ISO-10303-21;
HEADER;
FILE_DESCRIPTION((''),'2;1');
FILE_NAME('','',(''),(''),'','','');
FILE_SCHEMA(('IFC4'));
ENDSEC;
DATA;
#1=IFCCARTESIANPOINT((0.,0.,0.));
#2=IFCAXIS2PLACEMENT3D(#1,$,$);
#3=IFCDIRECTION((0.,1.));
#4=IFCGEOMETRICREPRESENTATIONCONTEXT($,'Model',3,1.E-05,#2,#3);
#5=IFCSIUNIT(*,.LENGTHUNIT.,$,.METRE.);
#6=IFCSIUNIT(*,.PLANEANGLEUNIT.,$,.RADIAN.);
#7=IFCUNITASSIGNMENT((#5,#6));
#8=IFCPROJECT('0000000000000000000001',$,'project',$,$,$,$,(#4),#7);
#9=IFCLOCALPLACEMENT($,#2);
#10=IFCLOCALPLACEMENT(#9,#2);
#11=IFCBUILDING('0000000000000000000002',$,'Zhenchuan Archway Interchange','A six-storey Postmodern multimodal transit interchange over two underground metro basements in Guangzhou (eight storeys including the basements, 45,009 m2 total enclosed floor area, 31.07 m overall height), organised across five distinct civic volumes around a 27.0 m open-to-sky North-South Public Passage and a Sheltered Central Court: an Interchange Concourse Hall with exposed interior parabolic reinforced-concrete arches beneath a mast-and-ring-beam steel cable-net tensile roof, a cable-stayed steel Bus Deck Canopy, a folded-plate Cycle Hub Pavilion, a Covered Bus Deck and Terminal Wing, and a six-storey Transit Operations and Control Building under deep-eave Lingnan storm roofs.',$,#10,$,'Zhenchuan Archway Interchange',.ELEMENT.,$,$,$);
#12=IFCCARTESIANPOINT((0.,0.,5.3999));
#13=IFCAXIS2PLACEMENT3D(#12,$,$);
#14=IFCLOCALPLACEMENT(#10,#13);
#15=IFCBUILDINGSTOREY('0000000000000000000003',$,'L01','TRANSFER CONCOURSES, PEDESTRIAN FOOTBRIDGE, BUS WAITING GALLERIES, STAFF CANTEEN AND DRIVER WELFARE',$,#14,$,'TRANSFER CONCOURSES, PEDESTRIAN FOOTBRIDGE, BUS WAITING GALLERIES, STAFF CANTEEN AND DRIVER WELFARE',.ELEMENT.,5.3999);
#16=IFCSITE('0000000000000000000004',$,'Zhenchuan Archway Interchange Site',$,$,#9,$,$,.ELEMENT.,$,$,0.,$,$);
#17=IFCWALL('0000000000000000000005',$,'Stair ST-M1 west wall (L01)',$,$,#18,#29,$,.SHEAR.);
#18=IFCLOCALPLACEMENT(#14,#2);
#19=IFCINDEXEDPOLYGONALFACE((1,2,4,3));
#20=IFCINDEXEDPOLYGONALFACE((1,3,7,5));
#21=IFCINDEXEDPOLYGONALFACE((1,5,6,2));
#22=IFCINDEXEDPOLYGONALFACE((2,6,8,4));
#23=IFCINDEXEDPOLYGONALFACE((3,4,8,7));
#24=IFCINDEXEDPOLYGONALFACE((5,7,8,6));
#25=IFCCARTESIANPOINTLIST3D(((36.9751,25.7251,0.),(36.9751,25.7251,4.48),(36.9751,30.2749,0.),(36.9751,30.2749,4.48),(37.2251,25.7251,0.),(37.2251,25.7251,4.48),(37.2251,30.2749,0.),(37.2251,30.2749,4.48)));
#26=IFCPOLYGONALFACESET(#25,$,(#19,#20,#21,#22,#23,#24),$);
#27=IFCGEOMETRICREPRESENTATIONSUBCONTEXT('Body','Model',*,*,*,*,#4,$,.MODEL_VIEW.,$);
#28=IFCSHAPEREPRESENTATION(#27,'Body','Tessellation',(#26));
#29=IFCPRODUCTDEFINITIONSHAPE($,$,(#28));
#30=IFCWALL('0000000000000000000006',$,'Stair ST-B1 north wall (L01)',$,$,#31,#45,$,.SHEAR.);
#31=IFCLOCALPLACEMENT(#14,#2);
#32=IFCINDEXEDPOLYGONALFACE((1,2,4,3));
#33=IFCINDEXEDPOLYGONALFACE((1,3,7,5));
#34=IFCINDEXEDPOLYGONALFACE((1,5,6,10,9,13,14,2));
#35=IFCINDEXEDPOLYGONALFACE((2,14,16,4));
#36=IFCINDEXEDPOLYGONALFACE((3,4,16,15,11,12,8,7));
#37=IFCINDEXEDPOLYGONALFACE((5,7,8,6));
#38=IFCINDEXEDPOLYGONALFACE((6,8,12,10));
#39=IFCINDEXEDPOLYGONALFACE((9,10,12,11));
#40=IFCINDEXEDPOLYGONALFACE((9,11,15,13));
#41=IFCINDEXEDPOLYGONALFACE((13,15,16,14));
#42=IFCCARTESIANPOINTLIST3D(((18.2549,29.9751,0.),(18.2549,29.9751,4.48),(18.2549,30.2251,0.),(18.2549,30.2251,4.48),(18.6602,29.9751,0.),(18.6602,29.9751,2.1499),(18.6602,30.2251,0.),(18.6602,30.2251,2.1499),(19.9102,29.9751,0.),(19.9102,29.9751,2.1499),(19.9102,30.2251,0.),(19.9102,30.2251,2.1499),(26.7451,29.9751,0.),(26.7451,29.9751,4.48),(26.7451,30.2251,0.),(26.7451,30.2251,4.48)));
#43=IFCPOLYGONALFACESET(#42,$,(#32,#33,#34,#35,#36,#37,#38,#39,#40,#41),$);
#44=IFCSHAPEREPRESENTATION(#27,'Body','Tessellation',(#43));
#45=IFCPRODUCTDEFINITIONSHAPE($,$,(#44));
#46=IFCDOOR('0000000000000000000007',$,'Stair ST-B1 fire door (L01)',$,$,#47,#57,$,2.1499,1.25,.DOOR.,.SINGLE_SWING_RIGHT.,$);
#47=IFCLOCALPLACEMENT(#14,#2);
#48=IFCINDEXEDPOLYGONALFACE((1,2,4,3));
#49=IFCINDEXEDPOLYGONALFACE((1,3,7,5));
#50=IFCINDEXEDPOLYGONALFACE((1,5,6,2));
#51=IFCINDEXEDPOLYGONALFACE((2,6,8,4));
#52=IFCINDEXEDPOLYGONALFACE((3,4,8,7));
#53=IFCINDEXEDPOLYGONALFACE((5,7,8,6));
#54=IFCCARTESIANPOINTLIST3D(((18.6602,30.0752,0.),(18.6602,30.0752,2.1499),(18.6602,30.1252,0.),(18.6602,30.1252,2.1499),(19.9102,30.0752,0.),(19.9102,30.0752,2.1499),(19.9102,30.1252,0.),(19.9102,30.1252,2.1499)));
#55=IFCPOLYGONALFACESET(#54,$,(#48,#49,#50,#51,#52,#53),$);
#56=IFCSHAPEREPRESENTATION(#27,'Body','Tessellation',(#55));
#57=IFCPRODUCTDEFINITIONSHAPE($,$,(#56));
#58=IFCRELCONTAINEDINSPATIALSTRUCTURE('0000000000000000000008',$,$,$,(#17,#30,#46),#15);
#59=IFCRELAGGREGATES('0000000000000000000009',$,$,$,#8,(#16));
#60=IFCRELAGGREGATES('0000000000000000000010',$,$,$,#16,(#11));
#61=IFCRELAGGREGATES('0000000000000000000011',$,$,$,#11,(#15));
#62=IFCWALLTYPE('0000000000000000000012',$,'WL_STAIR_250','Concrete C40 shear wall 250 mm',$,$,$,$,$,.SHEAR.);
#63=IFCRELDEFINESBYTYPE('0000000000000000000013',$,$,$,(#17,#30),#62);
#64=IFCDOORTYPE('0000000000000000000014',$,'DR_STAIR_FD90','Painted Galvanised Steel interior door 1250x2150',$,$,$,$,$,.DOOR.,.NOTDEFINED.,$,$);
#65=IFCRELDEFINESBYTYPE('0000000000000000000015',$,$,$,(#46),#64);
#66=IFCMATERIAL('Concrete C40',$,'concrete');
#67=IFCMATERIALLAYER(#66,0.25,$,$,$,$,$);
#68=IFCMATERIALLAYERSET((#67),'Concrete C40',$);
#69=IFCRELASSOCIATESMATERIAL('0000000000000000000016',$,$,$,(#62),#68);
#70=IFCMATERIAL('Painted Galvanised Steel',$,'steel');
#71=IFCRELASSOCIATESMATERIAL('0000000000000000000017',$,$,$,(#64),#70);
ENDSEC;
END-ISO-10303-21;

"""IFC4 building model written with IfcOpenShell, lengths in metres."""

from ifc_helpers import new_model, si_unit, direction, frame, frame_2d, origin, place, context, subcontext, project, spatial, rectangle, extrude, material, layer, layer_set, type_object, element, fill, save


model = new_model("IFC4")

# Units and contexts
model_context = context("Model", 3, precision=1e-05, world=origin(), true_north=direction((0.0, 1.0)))
body_context = subcontext(model_context, "Body", "Model", "MODEL_VIEW")
ifc_project = project(units=[si_unit("LENGTHUNIT", "METRE"), si_unit("PLANEANGLEUNIT", "RADIAN")], contexts=[model_context])

# Site, building, storey
site_placement = place(None, origin())
site = spatial("IfcSite", under=ifc_project, at=site_placement, Name="Zhenchuan Archway Interchange Site", CompositionType="ELEMENT", RefElevation=0.0)
building_placement = place(site_placement, origin())
building = spatial("IfcBuilding", under=site, at=building_placement, Name="Zhenchuan Archway Interchange", Description="A six-storey Postmodern multimodal transit interchange over two underground metro basements in Guangzhou (eight storeys including the basements, 45,009 m2 total enclosed floor area, 31.07 m overall height), organised across five distinct civic volumes around a 27.0 m open-to-sky North-South Public Passage and a Sheltered Central Court: an Interchange Concourse Hall with exposed interior parabolic reinforced-concrete arches beneath a mast-and-ring-beam steel cable-net tensile roof, a cable-stayed steel Bus Deck Canopy, a folded-plate Cycle Hub Pavilion, a Covered Bus Deck and Terminal Wing, and a six-storey Transit Operations and Control Building under deep-eave Lingnan storm roofs.", LongName="Zhenchuan Archway Interchange", CompositionType="ELEMENT")
storey_placement = place(building_placement, frame((0.0, 0.0, 5.3999)))
storey = spatial("IfcBuildingStorey", under=building, at=storey_placement, Name="L01", Description="TRANSFER CONCOURSES, PEDESTRIAN FOOTBRIDGE, BUS WAITING GALLERIES, STAFF CANTEEN AND DRIVER WELFARE", LongName="TRANSFER CONCOURSES, PEDESTRIAN FOOTBRIDGE, BUS WAITING GALLERIES, STAFF CANTEEN AND DRIVER WELFARE", CompositionType="ELEMENT", Elevation=5.3999)

# Shared definitions
ifc_material_1 = material(Name="Concrete C40", Category="concrete")

# Wall
ifc_layer_1 = layer(ifc_material_1, 0.25)
ifc_layer_set_1 = layer_set([ifc_layer_1], Name="Concrete C40")
wall_type = type_object("IfcWallType", Name="WL_STAIR_250", Description="Concrete C40 shear wall 250 mm", PredefinedType="SHEAR", material=ifc_layer_set_1)
wall_1_placement = place(storey_placement, frame((37.1001, 30.2749, 0.0), z_axis=(0.0, 0.0, 1.0), x_axis=(0.0, -1.0, 0.0)))
element("IfcWall", 1, at=wall_1_placement, inside=storey, type_object=wall_type, Name="Stair ST-M1 west wall (L01)", PredefinedType="SHEAR", context=body_context, shape_type="SweptSolid", body=[
    extrude(rectangle(XDim=4.5498, YDim=0.25, at=frame_2d((2.2749, 0.0))), origin(), (0.0, 0.0, 1.0), 4.48),
])

# Wall, opening, door
wall_2_placement = place(storey_placement, frame((26.7451, 30.1001, 0.0), z_axis=(0.0, 0.0, 1.0), x_axis=(-1.0, 0.0, 0.0)))
wall_2 = element("IfcWall", 2, at=wall_2_placement, inside=storey, type_object=wall_type, Name="Stair ST-B1 north wall (L01)", PredefinedType="SHEAR", context=body_context, shape_type="SweptSolid", body=[
    extrude(rectangle(XDim=8.4902, YDim=0.25, at=frame_2d((4.2451, 0.0))), origin(), (0.0, 0.0, 1.0), 4.48),
])
opening_placement = place(wall_2_placement, frame((6.835, 0.0, 0.0)))
opening = element("IfcOpeningElement", 3, at=opening_placement, cuts=wall_2, PredefinedType="OPENING", context=body_context, shape_type="SweptSolid", body=[
    extrude(rectangle(XDim=1.25, YDim=2.1499, at=frame_2d((0.625, 1.075))), frame((0.0, 0.137, 0.0), z_axis=(0.0, -1.0, 0.0), x_axis=(1.0, 0.0, 0.0)), (0.0, 0.0, 1.0), 0.2739),
])
ifc_material_2 = material(Name="Painted Galvanised Steel", Category="steel")
door_type = type_object("IfcDoorType", Name="DR_STAIR_FD90", Description="Painted Galvanised Steel interior door 1250x2150", OperationType="NOTDEFINED", PredefinedType="DOOR", material=ifc_material_2)
door_placement = place(opening_placement, origin())
door = element("IfcDoor", 4, at=door_placement, inside=storey, type_object=door_type, Name="Stair ST-B1 fire door (L01)", OperationType="SINGLE_SWING_RIGHT", OverallHeight=2.1499, OverallWidth=1.25, PredefinedType="DOOR", context=body_context, shape_type="SweptSolid", body=[
    extrude(rectangle(XDim=1.25, YDim=2.1499, at=frame_2d((0.625, 1.075))), frame((0.0, 0.0249, 0.0), z_axis=(0.0, -1.0, 0.0), x_axis=(1.0, 0.0, 0.0)), (0.0, 0.0, 1.0), 0.05),
])
fill(opening, door)

save(model, "model.ifc")
